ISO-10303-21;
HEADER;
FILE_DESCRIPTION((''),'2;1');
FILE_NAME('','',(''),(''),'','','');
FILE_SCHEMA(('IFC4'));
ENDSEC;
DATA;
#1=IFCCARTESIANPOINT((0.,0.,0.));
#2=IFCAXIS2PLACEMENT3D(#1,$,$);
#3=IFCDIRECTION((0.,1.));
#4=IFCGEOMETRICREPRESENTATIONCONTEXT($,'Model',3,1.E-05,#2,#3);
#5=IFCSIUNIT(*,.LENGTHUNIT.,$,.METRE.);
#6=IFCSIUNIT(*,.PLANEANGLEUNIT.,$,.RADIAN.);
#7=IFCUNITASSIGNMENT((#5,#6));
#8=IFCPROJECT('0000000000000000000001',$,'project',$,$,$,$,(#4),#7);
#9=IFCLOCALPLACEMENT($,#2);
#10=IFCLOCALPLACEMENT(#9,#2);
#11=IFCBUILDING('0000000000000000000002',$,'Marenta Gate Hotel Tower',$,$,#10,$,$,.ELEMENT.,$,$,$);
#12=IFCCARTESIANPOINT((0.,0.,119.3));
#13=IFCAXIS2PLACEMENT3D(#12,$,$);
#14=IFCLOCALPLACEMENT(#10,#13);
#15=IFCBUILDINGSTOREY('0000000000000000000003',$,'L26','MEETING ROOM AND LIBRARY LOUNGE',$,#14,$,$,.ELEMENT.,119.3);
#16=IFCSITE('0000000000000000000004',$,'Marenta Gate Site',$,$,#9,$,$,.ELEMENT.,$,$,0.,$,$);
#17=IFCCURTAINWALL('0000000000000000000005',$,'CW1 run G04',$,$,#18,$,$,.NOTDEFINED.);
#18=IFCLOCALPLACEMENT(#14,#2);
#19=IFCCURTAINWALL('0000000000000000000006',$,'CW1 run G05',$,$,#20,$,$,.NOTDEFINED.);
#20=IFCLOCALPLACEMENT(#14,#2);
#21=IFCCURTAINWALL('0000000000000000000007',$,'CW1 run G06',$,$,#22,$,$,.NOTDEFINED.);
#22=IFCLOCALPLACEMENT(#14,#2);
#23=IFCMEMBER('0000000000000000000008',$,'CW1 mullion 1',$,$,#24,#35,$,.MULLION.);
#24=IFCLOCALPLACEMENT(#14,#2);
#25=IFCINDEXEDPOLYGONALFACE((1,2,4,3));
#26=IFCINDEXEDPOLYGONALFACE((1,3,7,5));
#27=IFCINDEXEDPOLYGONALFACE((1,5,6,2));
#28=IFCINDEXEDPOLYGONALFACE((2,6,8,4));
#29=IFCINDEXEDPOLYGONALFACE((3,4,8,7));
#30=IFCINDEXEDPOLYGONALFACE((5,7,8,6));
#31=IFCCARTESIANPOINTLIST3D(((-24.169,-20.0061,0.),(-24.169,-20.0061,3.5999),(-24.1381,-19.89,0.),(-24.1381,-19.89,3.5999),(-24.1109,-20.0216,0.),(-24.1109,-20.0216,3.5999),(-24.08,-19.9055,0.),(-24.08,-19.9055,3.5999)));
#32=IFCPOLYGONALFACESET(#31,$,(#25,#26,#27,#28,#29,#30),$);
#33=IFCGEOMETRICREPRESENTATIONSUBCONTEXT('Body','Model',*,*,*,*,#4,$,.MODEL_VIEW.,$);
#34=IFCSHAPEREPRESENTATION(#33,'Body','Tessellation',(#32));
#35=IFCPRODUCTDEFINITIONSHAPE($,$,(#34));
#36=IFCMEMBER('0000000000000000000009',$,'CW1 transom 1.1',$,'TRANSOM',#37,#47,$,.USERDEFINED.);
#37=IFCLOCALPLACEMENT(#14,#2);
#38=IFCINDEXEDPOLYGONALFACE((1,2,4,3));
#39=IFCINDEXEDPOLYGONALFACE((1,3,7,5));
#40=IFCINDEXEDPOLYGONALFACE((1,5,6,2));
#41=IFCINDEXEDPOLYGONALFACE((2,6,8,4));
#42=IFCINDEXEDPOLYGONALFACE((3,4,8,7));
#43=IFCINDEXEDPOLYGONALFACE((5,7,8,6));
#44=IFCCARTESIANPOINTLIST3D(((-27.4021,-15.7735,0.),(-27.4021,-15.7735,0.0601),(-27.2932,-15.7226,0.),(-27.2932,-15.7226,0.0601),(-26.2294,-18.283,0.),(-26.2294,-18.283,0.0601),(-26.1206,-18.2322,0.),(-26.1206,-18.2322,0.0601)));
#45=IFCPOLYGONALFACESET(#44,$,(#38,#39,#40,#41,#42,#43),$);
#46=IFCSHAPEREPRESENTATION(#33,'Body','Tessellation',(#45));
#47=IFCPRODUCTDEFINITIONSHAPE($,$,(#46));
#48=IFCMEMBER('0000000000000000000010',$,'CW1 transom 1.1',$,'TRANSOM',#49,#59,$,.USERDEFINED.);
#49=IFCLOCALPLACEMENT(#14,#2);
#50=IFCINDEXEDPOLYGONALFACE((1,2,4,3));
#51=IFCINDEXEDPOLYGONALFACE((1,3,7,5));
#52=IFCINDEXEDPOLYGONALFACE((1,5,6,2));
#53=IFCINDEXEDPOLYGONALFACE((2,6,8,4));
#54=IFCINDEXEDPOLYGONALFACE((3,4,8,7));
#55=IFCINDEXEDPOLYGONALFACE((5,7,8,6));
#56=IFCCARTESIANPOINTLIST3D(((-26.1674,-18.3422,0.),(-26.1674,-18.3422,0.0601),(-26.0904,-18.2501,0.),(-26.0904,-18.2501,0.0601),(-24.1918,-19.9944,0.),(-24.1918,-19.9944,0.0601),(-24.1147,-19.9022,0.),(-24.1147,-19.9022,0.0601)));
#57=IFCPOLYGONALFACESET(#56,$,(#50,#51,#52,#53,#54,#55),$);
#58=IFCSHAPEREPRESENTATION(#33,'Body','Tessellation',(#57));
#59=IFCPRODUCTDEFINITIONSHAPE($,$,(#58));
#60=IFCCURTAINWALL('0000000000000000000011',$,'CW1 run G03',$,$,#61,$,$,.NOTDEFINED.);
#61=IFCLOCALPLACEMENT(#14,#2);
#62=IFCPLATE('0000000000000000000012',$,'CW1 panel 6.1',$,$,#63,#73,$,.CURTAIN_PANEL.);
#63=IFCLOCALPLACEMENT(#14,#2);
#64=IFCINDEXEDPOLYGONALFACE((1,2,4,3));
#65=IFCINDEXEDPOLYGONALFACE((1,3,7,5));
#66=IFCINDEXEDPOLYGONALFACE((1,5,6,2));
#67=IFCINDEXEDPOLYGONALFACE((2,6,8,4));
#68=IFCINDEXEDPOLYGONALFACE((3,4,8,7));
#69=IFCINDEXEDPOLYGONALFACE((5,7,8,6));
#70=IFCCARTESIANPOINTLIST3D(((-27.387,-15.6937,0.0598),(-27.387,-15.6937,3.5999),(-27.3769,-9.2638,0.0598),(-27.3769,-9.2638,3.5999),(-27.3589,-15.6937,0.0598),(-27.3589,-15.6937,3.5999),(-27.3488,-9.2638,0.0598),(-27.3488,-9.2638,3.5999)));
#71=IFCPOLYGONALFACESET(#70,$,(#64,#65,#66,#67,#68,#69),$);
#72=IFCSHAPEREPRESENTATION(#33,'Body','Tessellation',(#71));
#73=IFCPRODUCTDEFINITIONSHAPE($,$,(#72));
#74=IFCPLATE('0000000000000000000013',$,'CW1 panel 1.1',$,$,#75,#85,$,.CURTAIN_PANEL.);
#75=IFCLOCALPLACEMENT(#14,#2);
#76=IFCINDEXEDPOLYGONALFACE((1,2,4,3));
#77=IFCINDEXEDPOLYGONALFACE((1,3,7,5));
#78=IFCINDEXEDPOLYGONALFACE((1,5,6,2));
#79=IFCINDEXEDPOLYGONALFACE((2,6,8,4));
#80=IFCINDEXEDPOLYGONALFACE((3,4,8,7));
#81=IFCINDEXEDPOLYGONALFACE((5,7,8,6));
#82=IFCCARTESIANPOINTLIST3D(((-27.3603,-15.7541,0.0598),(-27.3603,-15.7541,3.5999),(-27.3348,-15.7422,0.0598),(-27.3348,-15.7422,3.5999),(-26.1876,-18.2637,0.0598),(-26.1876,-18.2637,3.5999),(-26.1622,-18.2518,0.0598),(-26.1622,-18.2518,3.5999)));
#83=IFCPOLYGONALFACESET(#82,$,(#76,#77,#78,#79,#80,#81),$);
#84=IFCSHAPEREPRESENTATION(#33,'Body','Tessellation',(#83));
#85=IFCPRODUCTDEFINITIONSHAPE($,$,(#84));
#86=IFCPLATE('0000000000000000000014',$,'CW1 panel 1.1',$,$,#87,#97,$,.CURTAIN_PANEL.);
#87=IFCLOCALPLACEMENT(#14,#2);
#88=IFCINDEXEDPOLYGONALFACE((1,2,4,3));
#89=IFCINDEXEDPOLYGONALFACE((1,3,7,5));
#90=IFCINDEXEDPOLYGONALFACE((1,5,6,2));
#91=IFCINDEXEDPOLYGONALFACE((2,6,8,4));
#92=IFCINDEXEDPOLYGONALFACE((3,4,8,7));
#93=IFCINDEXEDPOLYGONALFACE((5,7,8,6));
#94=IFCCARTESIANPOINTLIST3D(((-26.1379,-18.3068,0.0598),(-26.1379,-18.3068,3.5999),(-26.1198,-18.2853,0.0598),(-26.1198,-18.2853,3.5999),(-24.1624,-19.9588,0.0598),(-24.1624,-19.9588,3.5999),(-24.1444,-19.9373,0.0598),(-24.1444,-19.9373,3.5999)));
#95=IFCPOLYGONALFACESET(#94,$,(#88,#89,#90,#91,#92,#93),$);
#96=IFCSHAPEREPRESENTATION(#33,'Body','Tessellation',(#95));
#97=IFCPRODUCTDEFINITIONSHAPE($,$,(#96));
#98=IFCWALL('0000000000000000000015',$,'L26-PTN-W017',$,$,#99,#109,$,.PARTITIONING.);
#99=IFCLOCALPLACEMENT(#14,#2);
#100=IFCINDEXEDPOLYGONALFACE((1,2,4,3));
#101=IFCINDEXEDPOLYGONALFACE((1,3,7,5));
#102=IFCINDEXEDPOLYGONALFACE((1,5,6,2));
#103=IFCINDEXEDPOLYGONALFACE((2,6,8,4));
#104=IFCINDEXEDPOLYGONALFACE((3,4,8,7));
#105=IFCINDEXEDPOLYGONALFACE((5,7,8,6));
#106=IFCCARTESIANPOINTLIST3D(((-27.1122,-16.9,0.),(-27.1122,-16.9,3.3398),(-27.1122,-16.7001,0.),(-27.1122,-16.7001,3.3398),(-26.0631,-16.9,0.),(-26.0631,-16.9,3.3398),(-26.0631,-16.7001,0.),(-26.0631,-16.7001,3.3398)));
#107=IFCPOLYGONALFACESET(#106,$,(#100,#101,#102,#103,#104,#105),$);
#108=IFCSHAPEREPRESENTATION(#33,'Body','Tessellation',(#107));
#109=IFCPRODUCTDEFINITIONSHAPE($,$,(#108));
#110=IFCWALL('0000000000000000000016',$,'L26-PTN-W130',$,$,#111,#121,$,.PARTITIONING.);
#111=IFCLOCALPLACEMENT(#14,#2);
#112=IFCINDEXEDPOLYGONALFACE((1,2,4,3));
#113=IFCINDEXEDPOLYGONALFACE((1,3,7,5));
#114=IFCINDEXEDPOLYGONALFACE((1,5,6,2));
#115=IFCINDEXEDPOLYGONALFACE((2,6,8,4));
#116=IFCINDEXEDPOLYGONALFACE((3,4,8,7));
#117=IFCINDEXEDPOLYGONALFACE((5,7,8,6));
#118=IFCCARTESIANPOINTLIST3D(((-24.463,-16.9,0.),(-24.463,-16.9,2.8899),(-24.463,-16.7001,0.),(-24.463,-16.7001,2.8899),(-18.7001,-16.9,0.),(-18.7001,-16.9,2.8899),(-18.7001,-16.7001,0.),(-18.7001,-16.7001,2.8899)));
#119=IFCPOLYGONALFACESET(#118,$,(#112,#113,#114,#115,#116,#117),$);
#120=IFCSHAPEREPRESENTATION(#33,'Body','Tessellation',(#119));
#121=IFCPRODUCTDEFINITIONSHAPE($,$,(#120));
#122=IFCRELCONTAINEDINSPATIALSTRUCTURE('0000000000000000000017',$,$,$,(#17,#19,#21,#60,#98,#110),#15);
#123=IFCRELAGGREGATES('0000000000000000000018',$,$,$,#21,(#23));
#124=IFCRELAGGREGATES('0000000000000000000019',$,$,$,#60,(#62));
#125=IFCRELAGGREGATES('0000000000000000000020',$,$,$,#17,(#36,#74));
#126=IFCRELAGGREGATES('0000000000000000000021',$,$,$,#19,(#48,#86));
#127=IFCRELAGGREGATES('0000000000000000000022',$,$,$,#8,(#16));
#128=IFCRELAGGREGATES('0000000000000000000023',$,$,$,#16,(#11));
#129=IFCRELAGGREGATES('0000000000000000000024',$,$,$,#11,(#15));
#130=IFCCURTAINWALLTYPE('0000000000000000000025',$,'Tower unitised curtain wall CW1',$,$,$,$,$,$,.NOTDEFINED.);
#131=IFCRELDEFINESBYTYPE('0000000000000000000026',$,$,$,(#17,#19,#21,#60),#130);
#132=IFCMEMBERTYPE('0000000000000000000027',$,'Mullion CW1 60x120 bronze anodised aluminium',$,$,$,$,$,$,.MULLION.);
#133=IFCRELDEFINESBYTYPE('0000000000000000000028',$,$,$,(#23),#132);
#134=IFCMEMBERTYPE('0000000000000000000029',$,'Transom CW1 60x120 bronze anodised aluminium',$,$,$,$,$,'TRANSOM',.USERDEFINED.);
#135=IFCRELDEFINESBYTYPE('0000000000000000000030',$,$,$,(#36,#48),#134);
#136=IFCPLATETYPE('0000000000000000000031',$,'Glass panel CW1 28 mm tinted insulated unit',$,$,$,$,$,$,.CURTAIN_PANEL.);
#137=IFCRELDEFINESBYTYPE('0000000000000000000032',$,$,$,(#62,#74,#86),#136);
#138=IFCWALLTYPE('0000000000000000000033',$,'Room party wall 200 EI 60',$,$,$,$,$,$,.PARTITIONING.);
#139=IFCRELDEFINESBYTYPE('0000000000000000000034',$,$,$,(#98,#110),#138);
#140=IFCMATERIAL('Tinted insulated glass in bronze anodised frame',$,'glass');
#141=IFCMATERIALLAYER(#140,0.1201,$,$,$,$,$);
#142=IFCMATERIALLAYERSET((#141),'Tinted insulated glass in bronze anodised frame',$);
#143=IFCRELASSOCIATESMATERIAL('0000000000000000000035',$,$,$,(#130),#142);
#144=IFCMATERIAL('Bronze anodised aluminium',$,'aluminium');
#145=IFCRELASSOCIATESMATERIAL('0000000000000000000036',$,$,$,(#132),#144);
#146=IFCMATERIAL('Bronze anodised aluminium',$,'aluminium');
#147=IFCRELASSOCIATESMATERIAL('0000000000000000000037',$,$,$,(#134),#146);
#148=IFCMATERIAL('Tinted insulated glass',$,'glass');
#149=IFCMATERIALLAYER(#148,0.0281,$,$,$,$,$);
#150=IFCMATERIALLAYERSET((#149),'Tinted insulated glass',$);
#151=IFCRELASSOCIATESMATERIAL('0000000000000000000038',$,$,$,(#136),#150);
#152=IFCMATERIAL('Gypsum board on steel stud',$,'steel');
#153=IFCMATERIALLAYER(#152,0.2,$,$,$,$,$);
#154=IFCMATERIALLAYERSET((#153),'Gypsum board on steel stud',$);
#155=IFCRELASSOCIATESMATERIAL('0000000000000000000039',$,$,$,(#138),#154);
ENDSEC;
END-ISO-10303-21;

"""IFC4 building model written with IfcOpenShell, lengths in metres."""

from ifc_helpers import new_model, si_unit, direction, frame, frame_2d, origin, origin_2d, place, context, subcontext, project, spatial, rectangle, extrude, material, layer, layer_set, material_profile, profile_set, type_object, element, aggregate, save


model = new_model("IFC4")

# Units and contexts
model_context = context("Model", 3, precision=1e-05, world=origin(), true_north=direction((0.0, 1.0)))
body_context = subcontext(model_context, "Body", "Model", "MODEL_VIEW")
ifc_project = project(units=[si_unit("LENGTHUNIT", "METRE"), si_unit("PLANEANGLEUNIT", "RADIAN")], contexts=[model_context])

# Site, building, storey
site_placement = place(None, origin())
site = spatial("IfcSite", under=ifc_project, at=site_placement, Name="Marenta Gate Site", CompositionType="ELEMENT", RefElevation=0.0)
building_placement = place(site_placement, origin())
building = spatial("IfcBuilding", under=site, at=building_placement, Name="Marenta Gate Hotel Tower", CompositionType="ELEMENT")
storey_placement = place(building_placement, frame((0.0, 0.0, 119.3)))
storey = spatial("IfcBuildingStorey", under=building, at=storey_placement, Name="L26", Description="MEETING ROOM AND LIBRARY LOUNGE", CompositionType="ELEMENT", Elevation=119.3)

# Curtain walls, member
ifc_material_1 = material(Name="Tinted insulated glass in bronze anodised frame", Category="glass")
ifc_layer_1 = layer(ifc_material_1, 0.1201)
ifc_layer_set_1 = layer_set([ifc_layer_1], Name="Tinted insulated glass in bronze anodised frame")
curtain_wall_type = type_object("IfcCurtainWallType", Name="Tower unitised curtain wall CW1", PredefinedType="NOTDEFINED", material=ifc_layer_set_1)
curtain_wall_1_placement = place(storey_placement, origin())
curtain_wall_1 = element("IfcCurtainWall", 1, at=curtain_wall_1_placement, inside=storey, type_object=curtain_wall_type, Name="CW1 run G04", PredefinedType="NOTDEFINED")
ifc_material_2 = material(Name="Bronze anodised aluminium", Category="aluminium")
ifc_material_profile_1 = material_profile(ifc_material_2, rectangle(XDim=0.1201, YDim=0.0601, at=origin_2d()), Name="Mullion CW1 60x120 bronze anodised aluminium")
ifc_profile_set_1 = profile_set([ifc_material_profile_1], Name="Bronze anodised aluminium")
member_type_1 = type_object("IfcMemberType", Name="Mullion CW1 60x120 bronze anodised aluminium", PredefinedType="MULLION", material=ifc_profile_set_1)
curtain_wall_2_placement = place(storey_placement, origin())
curtain_wall_2 = element("IfcCurtainWall", 2, at=curtain_wall_2_placement, inside=storey, type_object=curtain_wall_type, Name="CW1 run G05", PredefinedType="NOTDEFINED")
curtain_wall_3_placement = place(storey_placement, origin())
curtain_wall_3 = element("IfcCurtainWall", 3, at=curtain_wall_3_placement, inside=storey, type_object=curtain_wall_type, Name="CW1 run G06", PredefinedType="NOTDEFINED")
member_1_placement = place(storey_placement, frame((-24.1245, -19.9558, 0.0), z_axis=(0.0, 0.0, 1.0), x_axis=(0.257144, 0.966373, 0.0)))
member_1 = element("IfcMember", 4, at=member_1_placement, type_object=member_type_1, Name="CW1 mullion 1", PredefinedType="MULLION", context=body_context, shape_type="SweptSolid", body=[
    extrude(rectangle(XDim=0.1201, YDim=0.0601, at=origin_2d()), origin(), (0.0, 0.0, 1.0), 3.5999),
])
aggregate(curtain_wall_3, [member_1])

# Members
ifc_material_3 = material(Name="Bronze anodised aluminium", Category="aluminium")
ifc_material_profile_2 = material_profile(ifc_material_3, rectangle(XDim=0.1201, YDim=0.0601, at=origin_2d()), Name="Transom CW1 60x120 bronze anodised aluminium")
ifc_profile_set_2 = profile_set([ifc_material_profile_2], Name="Bronze anodised aluminium")
member_type_2 = type_object("IfcMemberType", Name="Transom CW1 60x120 bronze anodised aluminium", ElementType="TRANSOM", PredefinedType="USERDEFINED", material=ifc_profile_set_2)
member_2_placement = place(storey_placement, frame((-27.3477, -15.748, 0.03), z_axis=(0.423329, -0.905976, 0.0), x_axis=(0.905976, 0.423329, 0.0)))
member_2 = element("IfcMember", 5, at=member_2_placement, type_object=member_type_2, Name="CW1 transom 1.1", ObjectType="TRANSOM", PredefinedType="USERDEFINED", context=body_context, shape_type="SweptSolid", body=[
    extrude(rectangle(XDim=0.1201, YDim=0.0601, at=origin_2d()), origin(), (0.0, 0.0, 1.0), 2.77),
])
member_3_placement = place(storey_placement, frame((-26.1289, -18.2961, 0.03), z_axis=(0.767117, -0.641508, 0.0), x_axis=(0.641508, 0.767117, 0.0)))
member_3 = element("IfcMember", 6, at=member_3_placement, type_object=member_type_2, Name="CW1 transom 1.1", ObjectType="TRANSOM", PredefinedType="USERDEFINED", context=body_context, shape_type="SweptSolid", body=[
    extrude(rectangle(XDim=0.1201, YDim=0.0601, at=origin_2d()), origin(), (0.0, 0.0, 1.0), 2.5754),
])

# Curtain wall, plate
curtain_wall_4_placement = place(storey_placement, origin())
curtain_wall_4 = element("IfcCurtainWall", 7, at=curtain_wall_4_placement, inside=storey, type_object=curtain_wall_type, Name="CW1 run G03", PredefinedType="NOTDEFINED")
ifc_material_4 = material(Name="Tinted insulated glass", Category="glass")
ifc_layer_2 = layer(ifc_material_4, 0.0281)
ifc_layer_set_2 = layer_set([ifc_layer_2], Name="Tinted insulated glass")
plate_type = type_object("IfcPlateType", Name="Glass panel CW1 28 mm tinted insulated unit", PredefinedType="CURTAIN_PANEL", material=ifc_layer_set_2)
plate_1_placement = place(storey_placement, frame((-27.3679, -12.4788, 0.0598), z_axis=(0.0, 0.0, 1.0), x_axis=(-0.001566, -0.999999, 0.0)))
plate_1 = element("IfcPlate", 8, at=plate_1_placement, type_object=plate_type, Name="CW1 panel 6.1", PredefinedType="CURTAIN_PANEL", context=body_context, shape_type="SweptSolid", body=[
    extrude(rectangle(XDim=6.4299, YDim=0.0281, at=origin_2d()), origin(), (0.0, 0.0, 1.0), 3.54),
])
aggregate(curtain_wall_4, [plate_1])

# Plates
plate_2_placement = place(storey_placement, frame((-26.7612, -17.0029, 0.0598), z_axis=(0.0, 0.0, 1.0), x_axis=(0.423338, -0.905972, 0.0)))
plate_2 = element("IfcPlate", 9, at=plate_2_placement, type_object=plate_type, Name="CW1 panel 1.1", PredefinedType="CURTAIN_PANEL", context=body_context, shape_type="SweptSolid", body=[
    extrude(rectangle(XDim=2.77, YDim=0.0281, at=origin_2d()), origin(), (0.0, 0.0, 1.0), 3.54),
])
aggregate(curtain_wall_1, [member_2, plate_2])
plate_3_placement = place(storey_placement, frame((-25.1411, -19.1221, 0.0598), z_axis=(0.0, 0.0, 1.0), x_axis=(0.767113, -0.641512, 0.0)))
plate_3 = element("IfcPlate", 10, at=plate_3_placement, type_object=plate_type, Name="CW1 panel 1.1", PredefinedType="CURTAIN_PANEL", context=body_context, shape_type="SweptSolid", body=[
    extrude(rectangle(XDim=2.5752, YDim=0.0281, at=origin_2d()), origin(), (0.0, 0.0, 1.0), 3.54),
])
aggregate(curtain_wall_2, [member_3, plate_3])

# Walls
ifc_material_5 = material(Name="Gypsum board on steel stud", Category="steel")
ifc_layer_3 = layer(ifc_material_5, 0.2)
ifc_layer_set_3 = layer_set([ifc_layer_3], Name="Gypsum board on steel stud")
wall_type = type_object("IfcWallType", Name="Room party wall 200 EI 60", PredefinedType="PARTITIONING", material=ifc_layer_set_3)
wall_1_placement = place(storey_placement, frame((-27.1121, -16.8, 0.0), z_axis=(0.0, 0.0, 1.0), x_axis=(1.0, 0.0, 0.0)))
element("IfcWall", 11, at=wall_1_placement, inside=storey, type_object=wall_type, Name="L26-PTN-W017", PredefinedType="PARTITIONING", context=body_context, shape_type="SweptSolid", body=[
    extrude(rectangle(XDim=1.0491, YDim=0.2, at=frame_2d((0.5244, 0.0))), origin(), (0.0, 0.0, 1.0), 3.3398),
])
wall_2_placement = place(storey_placement, frame((-24.4629, -16.8, 0.0), z_axis=(0.0, 0.0, 1.0), x_axis=(1.0, 0.0, 0.0)))
element("IfcWall", 12, at=wall_2_placement, inside=storey, type_object=wall_type, Name="L26-PTN-W130", PredefinedType="PARTITIONING", context=body_context, shape_type="SweptSolid", body=[
    extrude(rectangle(XDim=5.7629, YDim=0.2, at=frame_2d((2.8813, 0.0))), origin(), (0.0, 0.0, 1.0), 2.8899),
])

save(model, "model.ifc")
